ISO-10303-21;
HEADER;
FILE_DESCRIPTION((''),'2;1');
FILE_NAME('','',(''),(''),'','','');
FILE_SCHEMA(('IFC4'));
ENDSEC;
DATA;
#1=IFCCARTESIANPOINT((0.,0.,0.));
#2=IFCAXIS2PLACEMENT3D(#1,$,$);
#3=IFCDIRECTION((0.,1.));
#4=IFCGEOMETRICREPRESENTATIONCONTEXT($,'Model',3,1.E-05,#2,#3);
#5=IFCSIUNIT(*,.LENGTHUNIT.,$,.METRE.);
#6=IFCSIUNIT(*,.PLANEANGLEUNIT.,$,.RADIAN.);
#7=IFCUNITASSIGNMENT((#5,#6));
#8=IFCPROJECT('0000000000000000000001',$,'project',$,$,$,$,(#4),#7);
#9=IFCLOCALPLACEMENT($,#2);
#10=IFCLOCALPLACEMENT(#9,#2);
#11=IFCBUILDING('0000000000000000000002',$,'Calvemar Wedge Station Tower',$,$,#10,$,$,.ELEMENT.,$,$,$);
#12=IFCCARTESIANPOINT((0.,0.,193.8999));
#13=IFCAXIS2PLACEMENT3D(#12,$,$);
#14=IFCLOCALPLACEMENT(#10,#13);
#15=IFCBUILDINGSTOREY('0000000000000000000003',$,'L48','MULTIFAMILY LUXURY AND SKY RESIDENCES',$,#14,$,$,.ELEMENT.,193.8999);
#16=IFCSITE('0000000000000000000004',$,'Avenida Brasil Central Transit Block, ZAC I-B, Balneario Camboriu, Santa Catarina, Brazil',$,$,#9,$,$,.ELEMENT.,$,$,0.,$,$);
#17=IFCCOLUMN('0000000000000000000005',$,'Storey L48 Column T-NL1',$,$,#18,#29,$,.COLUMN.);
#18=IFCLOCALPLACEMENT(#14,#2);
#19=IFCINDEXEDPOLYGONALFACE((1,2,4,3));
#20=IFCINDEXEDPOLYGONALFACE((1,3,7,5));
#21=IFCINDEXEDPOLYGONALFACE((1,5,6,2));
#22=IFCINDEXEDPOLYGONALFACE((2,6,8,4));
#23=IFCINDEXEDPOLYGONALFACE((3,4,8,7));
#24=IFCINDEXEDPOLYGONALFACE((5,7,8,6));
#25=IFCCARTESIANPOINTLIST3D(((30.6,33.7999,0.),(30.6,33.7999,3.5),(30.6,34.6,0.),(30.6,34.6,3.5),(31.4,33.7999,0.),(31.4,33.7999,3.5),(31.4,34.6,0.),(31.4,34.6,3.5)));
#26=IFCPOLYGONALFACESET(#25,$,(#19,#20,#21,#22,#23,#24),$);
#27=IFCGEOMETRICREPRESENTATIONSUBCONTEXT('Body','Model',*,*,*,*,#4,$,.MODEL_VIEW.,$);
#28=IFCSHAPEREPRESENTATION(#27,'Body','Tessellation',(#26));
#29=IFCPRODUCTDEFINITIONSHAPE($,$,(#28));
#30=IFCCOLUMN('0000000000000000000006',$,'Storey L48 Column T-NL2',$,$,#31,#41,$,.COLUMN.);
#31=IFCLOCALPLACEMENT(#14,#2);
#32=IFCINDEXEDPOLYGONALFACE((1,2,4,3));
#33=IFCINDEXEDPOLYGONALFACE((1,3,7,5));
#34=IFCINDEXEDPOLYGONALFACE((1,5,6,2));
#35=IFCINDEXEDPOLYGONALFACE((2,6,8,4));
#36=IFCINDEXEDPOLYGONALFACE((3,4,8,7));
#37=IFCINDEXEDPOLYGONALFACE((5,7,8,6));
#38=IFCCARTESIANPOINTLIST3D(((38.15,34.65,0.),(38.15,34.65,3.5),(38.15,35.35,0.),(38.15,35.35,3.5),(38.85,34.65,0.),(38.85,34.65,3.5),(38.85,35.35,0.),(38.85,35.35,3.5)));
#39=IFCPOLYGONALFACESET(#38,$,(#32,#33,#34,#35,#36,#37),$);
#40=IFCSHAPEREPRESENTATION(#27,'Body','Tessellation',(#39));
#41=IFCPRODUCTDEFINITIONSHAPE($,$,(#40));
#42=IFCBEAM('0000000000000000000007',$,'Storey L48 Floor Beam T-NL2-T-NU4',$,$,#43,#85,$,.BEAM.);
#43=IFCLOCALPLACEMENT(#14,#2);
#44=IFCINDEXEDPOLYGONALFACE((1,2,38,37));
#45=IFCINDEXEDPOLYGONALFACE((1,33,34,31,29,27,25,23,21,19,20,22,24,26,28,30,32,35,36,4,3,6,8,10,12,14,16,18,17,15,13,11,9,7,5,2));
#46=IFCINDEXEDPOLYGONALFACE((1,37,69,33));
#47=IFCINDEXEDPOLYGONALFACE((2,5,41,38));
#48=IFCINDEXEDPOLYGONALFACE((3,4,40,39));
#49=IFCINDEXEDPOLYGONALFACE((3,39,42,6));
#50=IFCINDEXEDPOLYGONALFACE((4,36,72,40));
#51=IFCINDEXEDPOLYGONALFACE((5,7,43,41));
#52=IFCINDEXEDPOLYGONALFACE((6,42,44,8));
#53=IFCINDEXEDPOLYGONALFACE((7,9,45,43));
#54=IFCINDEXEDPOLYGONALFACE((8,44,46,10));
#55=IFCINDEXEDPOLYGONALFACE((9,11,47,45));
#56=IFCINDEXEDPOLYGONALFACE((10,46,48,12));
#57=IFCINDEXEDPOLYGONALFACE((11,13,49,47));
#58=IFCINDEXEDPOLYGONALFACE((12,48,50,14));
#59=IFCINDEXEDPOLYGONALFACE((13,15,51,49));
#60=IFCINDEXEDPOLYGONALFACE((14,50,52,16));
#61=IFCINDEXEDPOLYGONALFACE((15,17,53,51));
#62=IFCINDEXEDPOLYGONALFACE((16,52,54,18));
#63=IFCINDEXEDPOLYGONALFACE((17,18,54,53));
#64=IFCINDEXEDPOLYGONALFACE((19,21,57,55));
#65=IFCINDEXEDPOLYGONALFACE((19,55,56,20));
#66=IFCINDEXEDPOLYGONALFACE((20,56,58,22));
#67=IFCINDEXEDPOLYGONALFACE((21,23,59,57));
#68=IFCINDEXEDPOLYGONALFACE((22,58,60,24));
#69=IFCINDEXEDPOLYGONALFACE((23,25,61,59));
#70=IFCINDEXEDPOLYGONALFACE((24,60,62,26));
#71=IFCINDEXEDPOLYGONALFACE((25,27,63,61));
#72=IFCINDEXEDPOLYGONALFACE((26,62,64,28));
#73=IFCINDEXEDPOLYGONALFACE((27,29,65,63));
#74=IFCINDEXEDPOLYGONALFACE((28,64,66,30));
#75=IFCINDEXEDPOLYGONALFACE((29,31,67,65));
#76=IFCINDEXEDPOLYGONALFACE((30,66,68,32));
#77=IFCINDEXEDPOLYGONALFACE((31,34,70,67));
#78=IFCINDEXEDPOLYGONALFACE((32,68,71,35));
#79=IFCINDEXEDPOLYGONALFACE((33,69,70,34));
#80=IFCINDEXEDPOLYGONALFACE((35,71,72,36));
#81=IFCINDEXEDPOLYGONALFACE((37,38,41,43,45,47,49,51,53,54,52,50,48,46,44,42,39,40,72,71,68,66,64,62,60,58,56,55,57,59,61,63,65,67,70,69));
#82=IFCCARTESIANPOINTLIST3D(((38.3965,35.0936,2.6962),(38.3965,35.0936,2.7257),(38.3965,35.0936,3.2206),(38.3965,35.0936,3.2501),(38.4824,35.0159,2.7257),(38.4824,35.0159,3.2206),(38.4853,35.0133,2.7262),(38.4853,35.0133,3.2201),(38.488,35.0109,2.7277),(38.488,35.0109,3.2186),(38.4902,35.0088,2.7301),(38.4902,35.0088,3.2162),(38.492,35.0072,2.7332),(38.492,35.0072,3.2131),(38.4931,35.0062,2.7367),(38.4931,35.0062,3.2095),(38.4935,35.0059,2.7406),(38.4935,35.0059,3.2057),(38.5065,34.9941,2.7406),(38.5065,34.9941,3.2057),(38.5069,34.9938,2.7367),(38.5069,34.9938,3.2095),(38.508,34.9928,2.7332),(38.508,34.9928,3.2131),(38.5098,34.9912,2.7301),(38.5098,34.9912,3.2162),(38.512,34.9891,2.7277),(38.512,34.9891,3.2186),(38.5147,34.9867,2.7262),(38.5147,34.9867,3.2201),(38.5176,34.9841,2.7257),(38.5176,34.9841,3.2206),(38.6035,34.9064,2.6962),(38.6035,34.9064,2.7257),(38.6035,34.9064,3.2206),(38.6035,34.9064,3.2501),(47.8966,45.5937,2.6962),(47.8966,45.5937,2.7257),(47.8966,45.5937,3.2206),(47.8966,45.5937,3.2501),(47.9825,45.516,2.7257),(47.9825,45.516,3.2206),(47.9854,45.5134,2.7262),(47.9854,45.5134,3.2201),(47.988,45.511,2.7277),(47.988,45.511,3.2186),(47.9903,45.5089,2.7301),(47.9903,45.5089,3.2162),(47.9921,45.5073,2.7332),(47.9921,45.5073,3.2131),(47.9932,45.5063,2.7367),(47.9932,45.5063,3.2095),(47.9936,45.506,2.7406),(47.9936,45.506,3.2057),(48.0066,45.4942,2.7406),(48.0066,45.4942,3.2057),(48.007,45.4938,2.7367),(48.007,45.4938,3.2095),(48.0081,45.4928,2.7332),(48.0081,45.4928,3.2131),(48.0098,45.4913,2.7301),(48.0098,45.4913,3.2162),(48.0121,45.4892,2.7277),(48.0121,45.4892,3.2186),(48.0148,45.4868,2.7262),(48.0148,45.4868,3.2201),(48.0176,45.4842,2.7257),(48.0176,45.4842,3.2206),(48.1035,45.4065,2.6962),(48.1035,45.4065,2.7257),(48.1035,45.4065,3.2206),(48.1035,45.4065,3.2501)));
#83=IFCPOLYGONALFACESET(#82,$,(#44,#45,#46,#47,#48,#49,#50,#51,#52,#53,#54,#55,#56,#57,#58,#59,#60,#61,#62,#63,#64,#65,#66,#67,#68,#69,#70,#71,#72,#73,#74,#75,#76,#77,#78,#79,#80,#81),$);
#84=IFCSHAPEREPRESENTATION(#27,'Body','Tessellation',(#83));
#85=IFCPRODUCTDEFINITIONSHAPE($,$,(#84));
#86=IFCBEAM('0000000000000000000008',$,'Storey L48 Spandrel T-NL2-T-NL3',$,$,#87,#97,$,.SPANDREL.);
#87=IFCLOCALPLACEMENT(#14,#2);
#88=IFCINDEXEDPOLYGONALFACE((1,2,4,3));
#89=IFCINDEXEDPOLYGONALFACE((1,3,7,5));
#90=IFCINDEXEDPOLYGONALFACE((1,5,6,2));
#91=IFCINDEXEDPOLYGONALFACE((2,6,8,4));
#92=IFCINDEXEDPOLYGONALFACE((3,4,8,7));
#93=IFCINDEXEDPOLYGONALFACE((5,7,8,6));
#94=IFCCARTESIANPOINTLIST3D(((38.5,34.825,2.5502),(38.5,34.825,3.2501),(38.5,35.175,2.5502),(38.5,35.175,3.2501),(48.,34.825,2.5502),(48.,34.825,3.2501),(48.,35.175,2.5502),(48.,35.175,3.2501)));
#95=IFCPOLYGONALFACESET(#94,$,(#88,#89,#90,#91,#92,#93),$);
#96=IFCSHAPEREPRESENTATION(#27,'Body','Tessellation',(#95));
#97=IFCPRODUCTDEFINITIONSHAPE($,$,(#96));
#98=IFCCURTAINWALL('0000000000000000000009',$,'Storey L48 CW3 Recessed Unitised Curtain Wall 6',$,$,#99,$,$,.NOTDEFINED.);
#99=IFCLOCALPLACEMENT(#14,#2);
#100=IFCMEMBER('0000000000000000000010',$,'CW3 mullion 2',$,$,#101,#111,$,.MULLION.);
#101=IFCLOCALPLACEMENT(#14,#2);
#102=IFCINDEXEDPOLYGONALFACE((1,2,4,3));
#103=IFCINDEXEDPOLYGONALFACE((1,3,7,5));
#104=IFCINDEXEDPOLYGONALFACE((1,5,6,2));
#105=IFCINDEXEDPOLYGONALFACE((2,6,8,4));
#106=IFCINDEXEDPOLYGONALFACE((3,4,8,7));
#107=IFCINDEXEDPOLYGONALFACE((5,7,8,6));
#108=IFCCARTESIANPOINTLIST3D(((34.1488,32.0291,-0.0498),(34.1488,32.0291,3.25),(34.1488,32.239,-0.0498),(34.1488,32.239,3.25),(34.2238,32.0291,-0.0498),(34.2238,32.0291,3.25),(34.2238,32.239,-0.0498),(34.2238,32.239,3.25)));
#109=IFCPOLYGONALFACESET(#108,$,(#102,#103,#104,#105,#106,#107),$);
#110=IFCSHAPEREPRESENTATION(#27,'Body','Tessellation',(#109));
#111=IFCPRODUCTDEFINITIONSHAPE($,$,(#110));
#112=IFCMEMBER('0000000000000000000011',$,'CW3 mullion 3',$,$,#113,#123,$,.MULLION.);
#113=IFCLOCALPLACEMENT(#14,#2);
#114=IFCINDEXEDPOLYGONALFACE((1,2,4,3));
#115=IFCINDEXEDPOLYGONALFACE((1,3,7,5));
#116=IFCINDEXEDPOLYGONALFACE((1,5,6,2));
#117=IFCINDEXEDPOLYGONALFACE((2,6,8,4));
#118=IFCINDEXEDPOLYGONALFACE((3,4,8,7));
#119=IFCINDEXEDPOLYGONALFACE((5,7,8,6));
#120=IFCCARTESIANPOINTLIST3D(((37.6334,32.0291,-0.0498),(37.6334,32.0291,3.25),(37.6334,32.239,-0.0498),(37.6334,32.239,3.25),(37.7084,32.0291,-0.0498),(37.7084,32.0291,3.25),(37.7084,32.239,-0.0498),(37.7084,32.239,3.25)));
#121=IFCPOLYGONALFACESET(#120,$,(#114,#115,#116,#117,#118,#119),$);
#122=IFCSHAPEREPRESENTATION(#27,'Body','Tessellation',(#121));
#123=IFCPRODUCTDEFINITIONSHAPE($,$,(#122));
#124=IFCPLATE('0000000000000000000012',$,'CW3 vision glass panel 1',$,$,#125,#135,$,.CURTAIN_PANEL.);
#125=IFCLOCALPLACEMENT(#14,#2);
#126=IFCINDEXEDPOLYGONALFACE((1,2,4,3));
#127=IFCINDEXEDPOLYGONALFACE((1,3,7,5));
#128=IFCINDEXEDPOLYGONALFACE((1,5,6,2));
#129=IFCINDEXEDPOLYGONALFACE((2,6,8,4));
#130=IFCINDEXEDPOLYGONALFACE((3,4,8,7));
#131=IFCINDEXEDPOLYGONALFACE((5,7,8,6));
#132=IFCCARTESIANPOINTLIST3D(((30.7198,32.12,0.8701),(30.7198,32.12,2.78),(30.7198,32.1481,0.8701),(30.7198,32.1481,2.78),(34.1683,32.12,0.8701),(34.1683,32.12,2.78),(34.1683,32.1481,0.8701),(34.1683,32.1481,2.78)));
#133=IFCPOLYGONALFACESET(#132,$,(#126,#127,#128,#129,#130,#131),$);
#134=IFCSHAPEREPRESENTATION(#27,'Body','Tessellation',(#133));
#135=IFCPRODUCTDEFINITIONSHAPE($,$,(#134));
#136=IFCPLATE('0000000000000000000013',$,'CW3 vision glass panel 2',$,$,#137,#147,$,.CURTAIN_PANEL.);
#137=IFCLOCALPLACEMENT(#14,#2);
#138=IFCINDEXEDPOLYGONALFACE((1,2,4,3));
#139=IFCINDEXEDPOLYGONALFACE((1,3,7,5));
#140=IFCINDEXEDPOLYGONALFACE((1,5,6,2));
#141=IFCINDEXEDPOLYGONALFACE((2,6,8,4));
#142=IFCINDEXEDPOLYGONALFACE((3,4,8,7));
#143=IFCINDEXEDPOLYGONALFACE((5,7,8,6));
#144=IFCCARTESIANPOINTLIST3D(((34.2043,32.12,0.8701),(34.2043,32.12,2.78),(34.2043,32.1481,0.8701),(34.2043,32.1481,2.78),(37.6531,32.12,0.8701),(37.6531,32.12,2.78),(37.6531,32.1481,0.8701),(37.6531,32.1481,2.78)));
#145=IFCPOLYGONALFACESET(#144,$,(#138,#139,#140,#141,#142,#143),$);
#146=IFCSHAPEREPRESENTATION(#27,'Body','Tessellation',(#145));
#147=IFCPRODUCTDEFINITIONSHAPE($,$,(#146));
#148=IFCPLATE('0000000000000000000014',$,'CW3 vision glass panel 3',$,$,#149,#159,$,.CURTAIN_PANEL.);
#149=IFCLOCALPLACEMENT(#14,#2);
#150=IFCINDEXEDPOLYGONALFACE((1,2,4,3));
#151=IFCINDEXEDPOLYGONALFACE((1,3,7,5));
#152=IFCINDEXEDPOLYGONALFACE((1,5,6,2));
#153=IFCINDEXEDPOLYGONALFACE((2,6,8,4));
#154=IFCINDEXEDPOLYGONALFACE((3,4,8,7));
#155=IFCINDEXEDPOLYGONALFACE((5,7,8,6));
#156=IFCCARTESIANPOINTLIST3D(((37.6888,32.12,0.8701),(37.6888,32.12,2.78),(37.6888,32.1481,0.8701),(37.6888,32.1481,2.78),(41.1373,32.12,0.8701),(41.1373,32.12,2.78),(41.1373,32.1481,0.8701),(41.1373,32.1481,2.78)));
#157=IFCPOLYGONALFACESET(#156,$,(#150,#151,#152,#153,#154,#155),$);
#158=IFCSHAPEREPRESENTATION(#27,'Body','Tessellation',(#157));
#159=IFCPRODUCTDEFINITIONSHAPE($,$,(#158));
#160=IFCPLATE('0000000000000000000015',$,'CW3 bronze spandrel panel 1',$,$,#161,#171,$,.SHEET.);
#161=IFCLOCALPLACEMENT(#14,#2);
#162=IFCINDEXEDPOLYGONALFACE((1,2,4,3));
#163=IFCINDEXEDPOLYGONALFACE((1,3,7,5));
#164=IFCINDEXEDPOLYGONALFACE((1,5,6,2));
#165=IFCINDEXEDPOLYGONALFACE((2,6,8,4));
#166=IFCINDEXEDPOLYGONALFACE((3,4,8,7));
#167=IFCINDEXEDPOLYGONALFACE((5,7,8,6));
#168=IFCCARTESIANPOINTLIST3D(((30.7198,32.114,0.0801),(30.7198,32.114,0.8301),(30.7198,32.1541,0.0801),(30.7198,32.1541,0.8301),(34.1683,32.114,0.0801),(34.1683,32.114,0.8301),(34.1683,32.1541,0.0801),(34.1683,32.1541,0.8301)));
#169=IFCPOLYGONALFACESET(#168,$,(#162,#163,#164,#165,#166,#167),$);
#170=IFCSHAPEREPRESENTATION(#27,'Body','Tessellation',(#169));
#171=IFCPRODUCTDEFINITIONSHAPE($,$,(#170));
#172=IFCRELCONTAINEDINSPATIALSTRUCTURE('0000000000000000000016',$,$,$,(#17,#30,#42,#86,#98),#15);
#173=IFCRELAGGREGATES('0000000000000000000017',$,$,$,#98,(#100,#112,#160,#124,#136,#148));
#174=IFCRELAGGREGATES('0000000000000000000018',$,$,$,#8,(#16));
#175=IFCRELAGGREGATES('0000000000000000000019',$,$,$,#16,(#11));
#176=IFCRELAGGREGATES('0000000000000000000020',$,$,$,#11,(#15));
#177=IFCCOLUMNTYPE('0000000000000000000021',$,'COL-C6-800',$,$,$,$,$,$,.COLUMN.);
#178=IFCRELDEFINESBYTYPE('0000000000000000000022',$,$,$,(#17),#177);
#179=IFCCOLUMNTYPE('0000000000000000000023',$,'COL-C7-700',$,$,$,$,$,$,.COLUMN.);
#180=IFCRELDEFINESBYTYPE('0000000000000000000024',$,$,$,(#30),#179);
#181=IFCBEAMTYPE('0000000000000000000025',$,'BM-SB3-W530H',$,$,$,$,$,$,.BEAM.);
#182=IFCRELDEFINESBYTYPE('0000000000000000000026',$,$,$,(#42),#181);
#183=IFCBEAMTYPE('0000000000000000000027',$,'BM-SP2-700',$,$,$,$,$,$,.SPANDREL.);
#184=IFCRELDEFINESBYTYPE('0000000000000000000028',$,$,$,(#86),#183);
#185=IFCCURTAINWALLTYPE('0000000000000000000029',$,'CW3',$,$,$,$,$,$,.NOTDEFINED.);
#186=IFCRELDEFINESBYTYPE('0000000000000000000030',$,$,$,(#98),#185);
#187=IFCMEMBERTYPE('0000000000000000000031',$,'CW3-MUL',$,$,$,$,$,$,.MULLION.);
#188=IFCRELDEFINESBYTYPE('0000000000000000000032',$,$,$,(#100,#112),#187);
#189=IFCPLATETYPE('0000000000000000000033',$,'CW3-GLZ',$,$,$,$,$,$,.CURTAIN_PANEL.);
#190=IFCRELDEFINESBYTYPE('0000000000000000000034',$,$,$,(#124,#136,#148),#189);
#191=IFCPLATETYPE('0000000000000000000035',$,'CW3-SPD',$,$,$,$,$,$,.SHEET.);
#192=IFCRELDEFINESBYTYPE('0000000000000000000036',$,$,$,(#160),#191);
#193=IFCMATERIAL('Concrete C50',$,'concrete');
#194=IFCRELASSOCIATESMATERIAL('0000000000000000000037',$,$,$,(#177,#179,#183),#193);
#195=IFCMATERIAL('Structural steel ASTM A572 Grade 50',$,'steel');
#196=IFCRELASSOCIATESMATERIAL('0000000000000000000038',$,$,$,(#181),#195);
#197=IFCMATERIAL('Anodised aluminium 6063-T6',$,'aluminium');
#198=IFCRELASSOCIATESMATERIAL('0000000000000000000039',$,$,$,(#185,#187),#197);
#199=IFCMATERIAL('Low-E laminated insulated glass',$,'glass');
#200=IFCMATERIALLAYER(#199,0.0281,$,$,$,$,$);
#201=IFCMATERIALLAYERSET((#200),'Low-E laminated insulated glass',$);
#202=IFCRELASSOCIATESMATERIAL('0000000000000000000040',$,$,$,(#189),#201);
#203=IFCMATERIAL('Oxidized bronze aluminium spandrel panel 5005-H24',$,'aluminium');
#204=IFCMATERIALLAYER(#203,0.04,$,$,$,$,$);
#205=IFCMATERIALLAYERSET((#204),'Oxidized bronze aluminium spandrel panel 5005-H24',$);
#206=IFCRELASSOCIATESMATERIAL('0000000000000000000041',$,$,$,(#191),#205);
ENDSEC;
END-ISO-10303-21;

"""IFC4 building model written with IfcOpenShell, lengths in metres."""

from ifc_helpers import new_model, si_unit, direction, frame, frame_2d, origin, origin_2d, place, context, subcontext, project, spatial, rectangle, i_section, extrude, source, transform, mapped, material, layer, layer_set, material_profile, profile_set, type_object, element, aggregate, save


model = new_model("IFC4")

# Units and contexts
model_context = context("Model", 3, precision=1e-05, world=origin(), true_north=direction((0.0, 1.0)))
body_context = subcontext(model_context, "Body", "Model", "MODEL_VIEW")
ifc_project = project(units=[si_unit("LENGTHUNIT", "METRE"), si_unit("PLANEANGLEUNIT", "RADIAN")], contexts=[model_context])

# Site, building, storey
site_placement = place(None, origin())
site = spatial("IfcSite", under=ifc_project, at=site_placement, Name="Avenida Brasil Central Transit Block, ZAC I-B, Balneario Camboriu, Santa Catarina, Brazil", CompositionType="ELEMENT", RefElevation=0.0)
building_placement = place(site_placement, origin())
building = spatial("IfcBuilding", under=site, at=building_placement, Name="Calvemar Wedge Station Tower", CompositionType="ELEMENT")
storey_placement = place(building_placement, frame((0.0, 0.0, 193.8999)))
storey = spatial("IfcBuildingStorey", under=building, at=storey_placement, Name="L48", Description="MULTIFAMILY LUXURY AND SKY RESIDENCES", CompositionType="ELEMENT", Elevation=193.8999)

# Columns
ifc_material_1 = material(Name="Concrete C50", Category="concrete")
ifc_material_profile_1 = material_profile(ifc_material_1, rectangle(XDim=0.8, YDim=0.8, at=origin_2d()), Name="RC800x800")
ifc_profile_set_1 = profile_set([ifc_material_profile_1], Name="Concrete C50")
column_type_1 = type_object("IfcColumnType", Name="COL-C6-800", PredefinedType="COLUMN", material=ifc_profile_set_1)
shared_shape_1 = source(origin(), body_context, "Body", "SweptSolid", [
    extrude(rectangle(XDim=0.8, YDim=0.8, at=origin_2d()), origin(), (0.0, 0.0, 1.0), 3.5),
])
column_1_placement = place(storey_placement, frame((31.0, 34.2, 0.0), z_axis=(0.0, 0.0, 1.0), x_axis=(1.0, 0.0, 0.0)))
element("IfcColumn", 1, at=column_1_placement, inside=storey, type_object=column_type_1, Name="Storey L48 Column T-NL1", PredefinedType="COLUMN", context=body_context, shape_type="MappedRepresentation", body=[
    mapped(shared_shape_1, transform((0.0, 0.0, 0.0), scale=1.0)),
])
ifc_material_profile_2 = material_profile(ifc_material_1, rectangle(XDim=0.7, YDim=0.7, at=origin_2d()), Name="RC700x700")
ifc_profile_set_2 = profile_set([ifc_material_profile_2], Name="Concrete C50")
column_type_2 = type_object("IfcColumnType", Name="COL-C7-700", PredefinedType="COLUMN", material=ifc_profile_set_2)
shared_shape_2 = source(origin(), body_context, "Body", "SweptSolid", [
    extrude(rectangle(XDim=0.7, YDim=0.7, at=origin_2d()), origin(), (0.0, 0.0, 1.0), 3.5),
])
column_2_placement = place(storey_placement, frame((38.5, 35.0, 0.0), z_axis=(0.0, 0.0, 1.0), x_axis=(1.0, 0.0, 0.0)))
element("IfcColumn", 2, at=column_2_placement, inside=storey, type_object=column_type_2, Name="Storey L48 Column T-NL2", PredefinedType="COLUMN", context=body_context, shape_type="MappedRepresentation", body=[
    mapped(shared_shape_2, transform((0.0, 0.0, 0.0), scale=1.0)),
])

# Beams
ifc_material_2 = material(Name="Structural steel ASTM A572 Grade 50", Category="steel")
ifc_material_profile_3 = material_profile(ifc_material_2, i_section(OverallWidth=0.2791, OverallDepth=0.554, WebThickness=0.0176, FlangeThickness=0.0295, FilletRadius=0.0149, at=origin_2d()), Name="W530x196")
ifc_profile_set_3 = profile_set([ifc_material_profile_3], Name="Structural steel ASTM A572 Grade 50")
beam_type_1 = type_object("IfcBeamType", Name="BM-SB3-W530H", PredefinedType="BEAM", material=ifc_profile_set_3)
shared_shape_3 = source(origin(), body_context, "Body", "SweptSolid", [
    extrude(i_section(OverallWidth=0.2791, OverallDepth=0.554, WebThickness=0.0176, FlangeThickness=0.0295, FilletRadius=0.0149, at=origin_2d()), origin(), (0.0, 0.0, 1.0), 14.1599),
])
beam_1_placement = place(storey_placement, frame((38.5, 35.0, 2.9731), z_axis=(0.670913, 0.741536, 0.0), x_axis=(-0.741536, 0.670913, 0.0)))
element("IfcBeam", 3, at=beam_1_placement, inside=storey, type_object=beam_type_1, Name="Storey L48 Floor Beam T-NL2-T-NU4", PredefinedType="BEAM", context=body_context, shape_type="MappedRepresentation", body=[
    mapped(shared_shape_3, transform((0.0, 0.0, 0.0), scale=1.0)),
])
ifc_material_profile_4 = material_profile(ifc_material_1, rectangle(XDim=0.3501, YDim=0.7, at=origin_2d()), Name="RC350x700")
ifc_profile_set_4 = profile_set([ifc_material_profile_4], Name="Concrete C50")
beam_type_2 = type_object("IfcBeamType", Name="BM-SP2-700", PredefinedType="SPANDREL", material=ifc_profile_set_4)
shared_shape_4 = source(origin(), body_context, "Body", "SweptSolid", [
    extrude(rectangle(XDim=0.3501, YDim=0.7, at=origin_2d()), origin(), (0.0, 0.0, 1.0), 9.5),
])
beam_2_placement = place(storey_placement, frame((38.5, 35.0, 2.9001), z_axis=(1.0, 0.0, 0.0), x_axis=(0.0, 1.0, 0.0)))
element("IfcBeam", 4, at=beam_2_placement, inside=storey, type_object=beam_type_2, Name="Storey L48 Spandrel T-NL2-T-NL3", PredefinedType="SPANDREL", context=body_context, shape_type="MappedRepresentation", body=[
    mapped(shared_shape_4, transform((0.0, 0.0, 0.0), scale=1.0)),
])

# Curtain wall, members, plates
ifc_material_3 = material(Name="Anodised aluminium 6063-T6", Category="aluminium")
curtain_wall_type = type_object("IfcCurtainWallType", Name="CW3", PredefinedType="NOTDEFINED", material=ifc_material_3)
curtain_wall_placement = place(storey_placement, origin())
curtain_wall = element("IfcCurtainWall", 5, at=curtain_wall_placement, inside=storey, type_object=curtain_wall_type, Name="Storey L48 CW3 Recessed Unitised Curtain Wall 6", PredefinedType="NOTDEFINED")
ifc_material_profile_5 = material_profile(ifc_material_3, rectangle(XDim=0.075, YDim=0.21, at=origin_2d()), Name="AL-MUL-75x210")
ifc_profile_set_5 = profile_set([ifc_material_profile_5], Name="Anodised aluminium 6063-T6")
member_type = type_object("IfcMemberType", Name="CW3-MUL", PredefinedType="MULLION", material=ifc_profile_set_5)
shared_shape_5 = source(origin(), body_context, "Body", "SweptSolid", [
    extrude(rectangle(XDim=0.075, YDim=0.21, at=origin_2d()), origin(), (0.0, 0.0, 1.0), 3.2998),
])
member_1_placement = place(storey_placement, frame((34.1863, 32.134, -0.0498), z_axis=(0.0, 0.0, 1.0), x_axis=(1.0, 0.0, 0.0)))
member_1 = element("IfcMember", 6, at=member_1_placement, type_object=member_type, Name="CW3 mullion 2", PredefinedType="MULLION", context=body_context, shape_type="MappedRepresentation", body=[
    mapped(shared_shape_5, transform((0.0, 0.0, 0.0), scale=1.0)),
])
member_2_placement = place(storey_placement, frame((37.6709, 32.134, -0.0498), z_axis=(0.0, 0.0, 1.0), x_axis=(1.0, 0.0, 0.0)))
member_2 = element("IfcMember", 7, at=member_2_placement, type_object=member_type, Name="CW3 mullion 3", PredefinedType="MULLION", context=body_context, shape_type="MappedRepresentation", body=[
    mapped(shared_shape_5, transform((0.0, 0.0, 0.0), scale=1.0)),
])
ifc_material_4 = material(Name="Low-E laminated insulated glass", Category="glass")
ifc_layer_1 = layer(ifc_material_4, 0.0281)
ifc_layer_set_1 = layer_set([ifc_layer_1], Name="Low-E laminated insulated glass")
plate_type_1 = type_object("IfcPlateType", Name="CW3-GLZ", PredefinedType="CURTAIN_PANEL", material=ifc_layer_set_1)
plate_1_placement = place(storey_placement, frame((30.72, 32.134, 0.8701), z_axis=(0.0, 0.0, 1.0), x_axis=(1.0, 0.0, 0.0)))
plate_1 = element("IfcPlate", 8, at=plate_1_placement, type_object=plate_type_1, Name="CW3 vision glass panel 1", PredefinedType="CURTAIN_PANEL", context=body_context, shape_type="SweptSolid", body=[
    extrude(rectangle(XDim=3.4485, YDim=0.0281, at=frame_2d((1.7241, 0.0))), origin(), (0.0, 0.0, 1.0), 1.9099),
])
plate_2_placement = place(storey_placement, frame((34.2043, 32.134, 0.8701), z_axis=(0.0, 0.0, 1.0), x_axis=(1.0, 0.0, 0.0)))
plate_2 = element("IfcPlate", 9, at=plate_2_placement, type_object=plate_type_1, Name="CW3 vision glass panel 2", PredefinedType="CURTAIN_PANEL", context=body_context, shape_type="SweptSolid", body=[
    extrude(rectangle(XDim=3.4487, YDim=0.0281, at=frame_2d((1.7244, 0.0))), origin(), (0.0, 0.0, 1.0), 1.9099),
])
plate_3_placement = place(storey_placement, frame((37.689, 32.134, 0.8701), z_axis=(0.0, 0.0, 1.0), x_axis=(1.0, 0.0, 0.0)))
plate_3 = element("IfcPlate", 10, at=plate_3_placement, type_object=plate_type_1, Name="CW3 vision glass panel 3", PredefinedType="CURTAIN_PANEL", context=body_context, shape_type="SweptSolid", body=[
    extrude(rectangle(XDim=3.4485, YDim=0.0281, at=frame_2d((1.7241, 0.0))), origin(), (0.0, 0.0, 1.0), 1.9099),
])
ifc_material_5 = material(Name="Oxidized bronze aluminium spandrel panel 5005-H24", Category="aluminium")
ifc_layer_2 = layer(ifc_material_5, 0.04)
ifc_layer_set_2 = layer_set([ifc_layer_2], Name="Oxidized bronze aluminium spandrel panel 5005-H24")
plate_type_2 = type_object("IfcPlateType", Name="CW3-SPD", PredefinedType="SHEET", material=ifc_layer_set_2)
plate_4_placement = place(storey_placement, frame((30.72, 32.134, 0.0801), z_axis=(0.0, 0.0, 1.0), x_axis=(1.0, 0.0, 0.0)))
plate_4 = element("IfcPlate", 11, at=plate_4_placement, type_object=plate_type_2, Name="CW3 bronze spandrel panel 1", PredefinedType="SHEET", context=body_context, shape_type="SweptSolid", body=[
    extrude(rectangle(XDim=3.4485, YDim=0.04, at=frame_2d((1.7241, 0.0))), origin(), (0.0, 0.0, 1.0), 0.75),
])
aggregate(curtain_wall, [member_1, member_2, plate_4, plate_1, plate_2, plate_3])

save(model, "model.ifc")
